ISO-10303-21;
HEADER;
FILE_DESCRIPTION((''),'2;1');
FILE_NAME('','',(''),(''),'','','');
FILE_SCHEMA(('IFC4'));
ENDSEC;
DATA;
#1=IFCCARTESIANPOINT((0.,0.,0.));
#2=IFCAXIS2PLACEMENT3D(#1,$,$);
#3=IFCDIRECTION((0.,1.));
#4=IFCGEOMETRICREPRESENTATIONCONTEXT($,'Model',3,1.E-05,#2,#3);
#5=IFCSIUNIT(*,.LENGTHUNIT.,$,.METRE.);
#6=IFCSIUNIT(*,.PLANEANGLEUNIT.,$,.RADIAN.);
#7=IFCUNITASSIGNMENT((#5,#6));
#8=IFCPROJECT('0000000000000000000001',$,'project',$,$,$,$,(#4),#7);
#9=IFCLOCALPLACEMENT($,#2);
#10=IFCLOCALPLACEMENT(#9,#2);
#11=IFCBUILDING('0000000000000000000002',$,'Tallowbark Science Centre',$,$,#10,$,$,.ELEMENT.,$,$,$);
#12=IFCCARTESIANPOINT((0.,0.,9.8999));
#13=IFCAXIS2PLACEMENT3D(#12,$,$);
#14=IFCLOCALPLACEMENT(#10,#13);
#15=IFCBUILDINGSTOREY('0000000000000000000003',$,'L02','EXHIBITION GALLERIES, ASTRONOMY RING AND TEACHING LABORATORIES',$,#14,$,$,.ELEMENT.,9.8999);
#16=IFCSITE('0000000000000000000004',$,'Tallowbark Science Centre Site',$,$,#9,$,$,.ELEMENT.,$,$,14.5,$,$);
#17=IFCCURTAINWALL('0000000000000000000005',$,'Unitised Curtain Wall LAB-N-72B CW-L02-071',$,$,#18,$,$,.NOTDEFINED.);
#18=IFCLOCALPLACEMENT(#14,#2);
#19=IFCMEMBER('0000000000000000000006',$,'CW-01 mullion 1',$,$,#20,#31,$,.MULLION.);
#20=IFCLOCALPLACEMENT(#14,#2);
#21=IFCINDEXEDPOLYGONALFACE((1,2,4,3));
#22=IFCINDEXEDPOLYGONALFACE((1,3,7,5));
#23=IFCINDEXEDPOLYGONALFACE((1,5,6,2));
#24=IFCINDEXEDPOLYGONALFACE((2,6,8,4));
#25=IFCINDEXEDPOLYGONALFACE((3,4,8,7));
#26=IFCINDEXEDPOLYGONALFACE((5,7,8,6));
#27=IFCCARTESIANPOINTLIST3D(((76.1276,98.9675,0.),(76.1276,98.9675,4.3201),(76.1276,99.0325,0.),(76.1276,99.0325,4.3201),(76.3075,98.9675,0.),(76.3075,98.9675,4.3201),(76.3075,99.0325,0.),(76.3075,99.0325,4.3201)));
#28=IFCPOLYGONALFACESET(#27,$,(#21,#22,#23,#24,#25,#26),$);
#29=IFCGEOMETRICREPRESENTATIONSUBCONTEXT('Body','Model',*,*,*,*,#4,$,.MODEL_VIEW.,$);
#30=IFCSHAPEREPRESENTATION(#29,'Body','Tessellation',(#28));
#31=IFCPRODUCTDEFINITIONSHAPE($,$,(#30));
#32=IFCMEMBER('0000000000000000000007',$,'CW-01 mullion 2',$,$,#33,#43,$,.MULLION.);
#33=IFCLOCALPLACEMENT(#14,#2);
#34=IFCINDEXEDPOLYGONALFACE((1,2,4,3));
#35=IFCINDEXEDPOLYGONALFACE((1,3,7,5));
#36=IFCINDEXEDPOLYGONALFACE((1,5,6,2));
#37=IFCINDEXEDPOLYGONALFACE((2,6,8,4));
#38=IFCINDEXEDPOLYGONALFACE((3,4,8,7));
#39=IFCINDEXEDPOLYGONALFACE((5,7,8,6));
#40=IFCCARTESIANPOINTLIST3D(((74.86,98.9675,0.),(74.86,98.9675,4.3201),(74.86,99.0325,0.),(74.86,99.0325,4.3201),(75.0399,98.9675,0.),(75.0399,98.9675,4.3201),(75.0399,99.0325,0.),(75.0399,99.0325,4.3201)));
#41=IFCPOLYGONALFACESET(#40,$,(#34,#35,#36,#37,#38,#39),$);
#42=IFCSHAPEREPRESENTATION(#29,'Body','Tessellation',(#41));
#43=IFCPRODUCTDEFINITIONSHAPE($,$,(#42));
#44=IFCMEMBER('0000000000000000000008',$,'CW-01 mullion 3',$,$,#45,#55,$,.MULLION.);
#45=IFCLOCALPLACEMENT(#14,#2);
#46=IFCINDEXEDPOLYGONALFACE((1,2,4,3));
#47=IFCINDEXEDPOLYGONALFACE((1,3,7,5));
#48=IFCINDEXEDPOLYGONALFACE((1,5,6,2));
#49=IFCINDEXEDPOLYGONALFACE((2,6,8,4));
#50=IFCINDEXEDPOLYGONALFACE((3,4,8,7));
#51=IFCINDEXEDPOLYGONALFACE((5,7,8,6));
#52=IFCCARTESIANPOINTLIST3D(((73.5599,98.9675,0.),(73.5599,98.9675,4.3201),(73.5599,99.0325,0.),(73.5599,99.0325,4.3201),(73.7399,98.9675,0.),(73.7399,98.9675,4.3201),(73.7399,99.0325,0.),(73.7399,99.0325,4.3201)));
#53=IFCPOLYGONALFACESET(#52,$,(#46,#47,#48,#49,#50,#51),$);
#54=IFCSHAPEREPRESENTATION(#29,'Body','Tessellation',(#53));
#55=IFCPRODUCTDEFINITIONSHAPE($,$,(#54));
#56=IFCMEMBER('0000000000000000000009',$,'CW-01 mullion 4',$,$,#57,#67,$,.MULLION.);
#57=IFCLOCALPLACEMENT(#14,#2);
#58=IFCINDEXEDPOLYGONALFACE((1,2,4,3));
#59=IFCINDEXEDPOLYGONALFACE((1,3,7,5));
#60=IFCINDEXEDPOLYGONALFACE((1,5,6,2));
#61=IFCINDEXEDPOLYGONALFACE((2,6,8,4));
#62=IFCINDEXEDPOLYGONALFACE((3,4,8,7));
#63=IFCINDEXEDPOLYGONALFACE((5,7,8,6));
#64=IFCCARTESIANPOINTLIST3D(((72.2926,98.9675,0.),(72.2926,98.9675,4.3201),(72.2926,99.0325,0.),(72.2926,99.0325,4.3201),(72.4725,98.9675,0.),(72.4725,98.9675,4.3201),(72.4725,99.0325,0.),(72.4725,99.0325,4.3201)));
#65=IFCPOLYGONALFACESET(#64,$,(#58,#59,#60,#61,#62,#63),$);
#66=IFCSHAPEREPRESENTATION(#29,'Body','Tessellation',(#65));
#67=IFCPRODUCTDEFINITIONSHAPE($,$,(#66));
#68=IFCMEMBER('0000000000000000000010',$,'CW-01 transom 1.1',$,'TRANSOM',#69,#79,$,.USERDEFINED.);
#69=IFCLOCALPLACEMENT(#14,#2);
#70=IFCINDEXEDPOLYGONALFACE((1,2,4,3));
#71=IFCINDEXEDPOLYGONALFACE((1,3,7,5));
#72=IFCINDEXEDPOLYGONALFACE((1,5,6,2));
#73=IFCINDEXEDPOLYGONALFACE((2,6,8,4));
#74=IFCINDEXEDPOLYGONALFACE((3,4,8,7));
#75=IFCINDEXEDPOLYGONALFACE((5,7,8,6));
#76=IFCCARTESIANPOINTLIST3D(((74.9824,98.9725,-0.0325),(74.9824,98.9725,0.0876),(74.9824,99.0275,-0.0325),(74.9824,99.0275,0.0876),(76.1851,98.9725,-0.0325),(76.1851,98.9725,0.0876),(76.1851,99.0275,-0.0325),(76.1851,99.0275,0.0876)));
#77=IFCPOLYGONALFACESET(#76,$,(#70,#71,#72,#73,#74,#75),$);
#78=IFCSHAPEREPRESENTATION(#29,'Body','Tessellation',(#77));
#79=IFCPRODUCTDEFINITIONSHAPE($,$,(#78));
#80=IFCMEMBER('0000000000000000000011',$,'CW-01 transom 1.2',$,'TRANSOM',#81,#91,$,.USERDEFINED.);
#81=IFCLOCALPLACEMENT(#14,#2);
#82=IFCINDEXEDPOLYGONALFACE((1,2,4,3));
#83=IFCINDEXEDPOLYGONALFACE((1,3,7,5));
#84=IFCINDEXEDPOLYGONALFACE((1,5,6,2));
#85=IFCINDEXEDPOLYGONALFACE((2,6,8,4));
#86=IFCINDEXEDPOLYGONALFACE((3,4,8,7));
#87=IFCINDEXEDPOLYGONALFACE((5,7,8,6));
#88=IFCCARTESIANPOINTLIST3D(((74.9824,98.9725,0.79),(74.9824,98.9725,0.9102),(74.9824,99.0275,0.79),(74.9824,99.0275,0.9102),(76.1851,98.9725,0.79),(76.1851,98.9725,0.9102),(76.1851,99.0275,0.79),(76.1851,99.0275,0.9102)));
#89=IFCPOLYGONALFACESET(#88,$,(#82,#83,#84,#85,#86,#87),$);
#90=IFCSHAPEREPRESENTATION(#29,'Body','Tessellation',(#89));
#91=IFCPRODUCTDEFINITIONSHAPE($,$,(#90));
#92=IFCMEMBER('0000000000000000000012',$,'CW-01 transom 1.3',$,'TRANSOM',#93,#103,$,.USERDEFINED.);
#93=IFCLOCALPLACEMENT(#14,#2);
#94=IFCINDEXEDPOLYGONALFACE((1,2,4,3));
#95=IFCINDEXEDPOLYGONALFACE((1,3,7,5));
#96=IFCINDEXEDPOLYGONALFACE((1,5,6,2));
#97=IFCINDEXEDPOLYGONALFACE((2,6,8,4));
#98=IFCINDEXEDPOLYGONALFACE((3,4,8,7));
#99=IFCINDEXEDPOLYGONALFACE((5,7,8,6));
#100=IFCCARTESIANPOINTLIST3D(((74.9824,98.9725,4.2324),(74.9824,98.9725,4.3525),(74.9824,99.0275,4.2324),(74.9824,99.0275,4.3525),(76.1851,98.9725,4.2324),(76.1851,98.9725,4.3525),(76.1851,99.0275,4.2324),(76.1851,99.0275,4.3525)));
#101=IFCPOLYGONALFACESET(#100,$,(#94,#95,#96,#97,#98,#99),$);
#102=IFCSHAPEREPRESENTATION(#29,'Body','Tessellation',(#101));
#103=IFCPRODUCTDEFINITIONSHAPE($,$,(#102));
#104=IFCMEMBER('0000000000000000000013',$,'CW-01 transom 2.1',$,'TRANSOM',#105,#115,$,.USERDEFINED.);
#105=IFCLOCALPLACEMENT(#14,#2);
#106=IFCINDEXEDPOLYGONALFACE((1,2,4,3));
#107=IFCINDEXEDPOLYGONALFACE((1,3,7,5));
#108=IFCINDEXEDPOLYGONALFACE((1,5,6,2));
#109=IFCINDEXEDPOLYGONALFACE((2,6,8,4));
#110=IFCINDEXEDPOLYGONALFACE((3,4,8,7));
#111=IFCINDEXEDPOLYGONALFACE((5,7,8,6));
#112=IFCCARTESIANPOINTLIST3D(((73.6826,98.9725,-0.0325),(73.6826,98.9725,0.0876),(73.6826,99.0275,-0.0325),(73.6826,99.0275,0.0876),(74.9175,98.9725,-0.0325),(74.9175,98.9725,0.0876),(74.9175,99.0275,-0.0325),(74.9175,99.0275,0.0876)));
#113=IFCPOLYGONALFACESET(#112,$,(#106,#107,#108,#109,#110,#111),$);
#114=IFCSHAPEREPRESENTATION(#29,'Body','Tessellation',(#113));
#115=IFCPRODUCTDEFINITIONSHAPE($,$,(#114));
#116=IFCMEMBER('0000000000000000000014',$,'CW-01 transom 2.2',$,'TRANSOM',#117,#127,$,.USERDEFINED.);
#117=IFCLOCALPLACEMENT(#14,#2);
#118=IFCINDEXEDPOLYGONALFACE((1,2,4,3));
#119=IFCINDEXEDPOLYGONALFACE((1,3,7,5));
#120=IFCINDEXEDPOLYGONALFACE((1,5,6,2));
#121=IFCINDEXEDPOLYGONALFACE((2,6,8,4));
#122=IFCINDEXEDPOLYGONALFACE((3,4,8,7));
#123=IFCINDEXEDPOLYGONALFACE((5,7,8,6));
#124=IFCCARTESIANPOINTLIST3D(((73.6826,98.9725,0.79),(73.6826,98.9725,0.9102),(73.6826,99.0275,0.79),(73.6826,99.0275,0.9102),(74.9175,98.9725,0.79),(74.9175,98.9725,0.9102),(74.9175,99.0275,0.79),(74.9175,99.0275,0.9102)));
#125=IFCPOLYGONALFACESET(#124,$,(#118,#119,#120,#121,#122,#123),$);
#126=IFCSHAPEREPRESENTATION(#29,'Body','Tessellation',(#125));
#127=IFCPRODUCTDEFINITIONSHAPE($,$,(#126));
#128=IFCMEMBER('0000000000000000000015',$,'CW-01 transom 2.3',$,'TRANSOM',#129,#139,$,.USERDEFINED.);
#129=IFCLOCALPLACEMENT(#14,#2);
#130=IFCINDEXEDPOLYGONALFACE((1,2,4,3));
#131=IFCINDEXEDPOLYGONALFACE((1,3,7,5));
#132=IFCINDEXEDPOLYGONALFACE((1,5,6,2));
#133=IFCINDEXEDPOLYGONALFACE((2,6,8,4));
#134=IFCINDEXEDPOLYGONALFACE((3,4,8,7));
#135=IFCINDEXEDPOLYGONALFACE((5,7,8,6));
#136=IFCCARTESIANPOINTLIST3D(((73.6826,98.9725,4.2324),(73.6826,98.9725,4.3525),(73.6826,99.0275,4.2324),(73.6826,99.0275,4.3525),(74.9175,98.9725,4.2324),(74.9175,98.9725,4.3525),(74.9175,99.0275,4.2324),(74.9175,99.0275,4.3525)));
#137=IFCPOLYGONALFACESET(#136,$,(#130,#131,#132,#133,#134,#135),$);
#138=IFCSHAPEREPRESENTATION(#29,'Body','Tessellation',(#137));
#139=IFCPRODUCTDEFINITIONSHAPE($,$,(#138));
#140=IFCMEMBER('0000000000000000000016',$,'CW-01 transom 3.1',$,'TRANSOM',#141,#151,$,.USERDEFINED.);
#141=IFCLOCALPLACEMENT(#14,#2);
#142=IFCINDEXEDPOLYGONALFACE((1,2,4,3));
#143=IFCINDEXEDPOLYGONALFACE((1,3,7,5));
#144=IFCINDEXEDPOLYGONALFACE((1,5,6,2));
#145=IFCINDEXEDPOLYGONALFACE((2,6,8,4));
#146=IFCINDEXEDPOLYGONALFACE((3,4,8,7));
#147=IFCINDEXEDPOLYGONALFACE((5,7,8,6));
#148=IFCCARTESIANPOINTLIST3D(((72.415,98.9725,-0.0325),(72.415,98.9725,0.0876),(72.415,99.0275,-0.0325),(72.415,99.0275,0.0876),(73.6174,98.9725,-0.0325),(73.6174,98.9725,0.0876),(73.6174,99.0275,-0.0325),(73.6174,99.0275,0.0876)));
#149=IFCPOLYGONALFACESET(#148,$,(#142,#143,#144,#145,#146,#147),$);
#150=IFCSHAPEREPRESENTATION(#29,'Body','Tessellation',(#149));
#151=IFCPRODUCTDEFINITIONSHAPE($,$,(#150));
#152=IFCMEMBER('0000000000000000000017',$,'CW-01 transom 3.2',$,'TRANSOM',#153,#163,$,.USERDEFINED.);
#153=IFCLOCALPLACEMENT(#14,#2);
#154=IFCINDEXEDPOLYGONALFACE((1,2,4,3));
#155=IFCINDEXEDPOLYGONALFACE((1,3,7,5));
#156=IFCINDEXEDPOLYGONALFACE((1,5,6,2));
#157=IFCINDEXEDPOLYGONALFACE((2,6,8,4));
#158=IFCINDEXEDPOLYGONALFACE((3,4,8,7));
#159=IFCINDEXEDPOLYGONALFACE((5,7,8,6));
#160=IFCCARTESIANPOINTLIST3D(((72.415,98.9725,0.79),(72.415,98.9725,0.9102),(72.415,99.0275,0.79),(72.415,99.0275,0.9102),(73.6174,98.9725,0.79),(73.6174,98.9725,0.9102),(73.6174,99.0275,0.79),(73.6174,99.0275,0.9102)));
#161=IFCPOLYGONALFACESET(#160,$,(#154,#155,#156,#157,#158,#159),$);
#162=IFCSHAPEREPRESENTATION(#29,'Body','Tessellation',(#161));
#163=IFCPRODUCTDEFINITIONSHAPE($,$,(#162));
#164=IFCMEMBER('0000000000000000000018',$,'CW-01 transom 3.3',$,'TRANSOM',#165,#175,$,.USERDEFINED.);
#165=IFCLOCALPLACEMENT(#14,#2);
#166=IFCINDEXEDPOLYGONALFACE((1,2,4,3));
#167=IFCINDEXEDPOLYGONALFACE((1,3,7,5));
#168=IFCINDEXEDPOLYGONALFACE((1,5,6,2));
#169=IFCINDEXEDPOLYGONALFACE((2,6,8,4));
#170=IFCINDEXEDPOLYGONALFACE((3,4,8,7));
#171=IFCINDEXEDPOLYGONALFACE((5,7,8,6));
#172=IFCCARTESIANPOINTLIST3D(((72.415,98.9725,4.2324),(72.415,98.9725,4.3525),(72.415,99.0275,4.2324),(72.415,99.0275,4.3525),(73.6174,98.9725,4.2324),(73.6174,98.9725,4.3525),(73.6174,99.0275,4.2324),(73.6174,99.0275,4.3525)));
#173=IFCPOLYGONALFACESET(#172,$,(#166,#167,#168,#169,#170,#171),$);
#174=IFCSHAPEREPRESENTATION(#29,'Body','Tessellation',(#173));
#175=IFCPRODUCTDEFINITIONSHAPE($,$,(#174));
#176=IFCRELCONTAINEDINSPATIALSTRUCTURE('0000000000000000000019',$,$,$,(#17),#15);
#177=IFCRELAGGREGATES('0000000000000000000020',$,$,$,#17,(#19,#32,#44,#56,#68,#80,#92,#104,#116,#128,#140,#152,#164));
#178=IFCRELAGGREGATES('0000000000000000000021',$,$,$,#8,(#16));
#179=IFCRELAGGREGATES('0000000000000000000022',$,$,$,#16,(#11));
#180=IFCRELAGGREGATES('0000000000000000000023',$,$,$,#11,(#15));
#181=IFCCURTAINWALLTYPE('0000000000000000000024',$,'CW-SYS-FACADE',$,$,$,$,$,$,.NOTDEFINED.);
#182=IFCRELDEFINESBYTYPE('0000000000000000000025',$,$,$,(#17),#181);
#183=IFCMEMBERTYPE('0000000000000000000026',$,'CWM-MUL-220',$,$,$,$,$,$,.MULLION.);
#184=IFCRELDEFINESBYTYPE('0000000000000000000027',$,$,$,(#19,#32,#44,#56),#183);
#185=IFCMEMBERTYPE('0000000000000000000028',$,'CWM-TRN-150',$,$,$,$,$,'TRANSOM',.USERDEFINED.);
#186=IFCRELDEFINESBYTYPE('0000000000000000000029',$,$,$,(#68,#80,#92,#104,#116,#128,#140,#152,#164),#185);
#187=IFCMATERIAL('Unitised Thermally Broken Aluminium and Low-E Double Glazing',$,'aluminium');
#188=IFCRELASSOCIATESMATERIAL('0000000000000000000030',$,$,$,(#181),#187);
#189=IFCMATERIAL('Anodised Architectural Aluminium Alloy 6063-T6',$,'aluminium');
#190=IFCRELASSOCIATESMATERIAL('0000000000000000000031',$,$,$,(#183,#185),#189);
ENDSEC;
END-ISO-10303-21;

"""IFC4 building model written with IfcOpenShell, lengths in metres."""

from ifc_helpers import new_model, si_unit, direction, frame, origin, origin_2d, place, context, subcontext, project, spatial, rectangle, extrude, material, material_profile, profile_set, type_object, element, aggregate, save


model = new_model("IFC4")

# Units and contexts
model_context = context("Model", 3, precision=1e-05, world=origin(), true_north=direction((0.0, 1.0)))
body_context = subcontext(model_context, "Body", "Model", "MODEL_VIEW")
ifc_project = project(units=[si_unit("LENGTHUNIT", "METRE"), si_unit("PLANEANGLEUNIT", "RADIAN")], contexts=[model_context])

# Site, building, storey
site_placement = place(None, origin())
site = spatial("IfcSite", under=ifc_project, at=site_placement, Name="Tallowbark Science Centre Site", CompositionType="ELEMENT", RefElevation=14.5)
building_placement = place(site_placement, origin())
building = spatial("IfcBuilding", under=site, at=building_placement, Name="Tallowbark Science Centre", CompositionType="ELEMENT")
storey_placement = place(building_placement, frame((0.0, 0.0, 9.8999)))
storey = spatial("IfcBuildingStorey", under=building, at=storey_placement, Name="L02", Description="EXHIBITION GALLERIES, ASTRONOMY RING AND TEACHING LABORATORIES", CompositionType="ELEMENT", Elevation=9.8999)

# Curtain wall, members
ifc_material_1 = material(Name="Unitised Thermally Broken Aluminium and Low-E Double Glazing", Category="aluminium")
curtain_wall_type = type_object("IfcCurtainWallType", Name="CW-SYS-FACADE", PredefinedType="NOTDEFINED", material=ifc_material_1)
curtain_wall_placement = place(storey_placement, origin())
curtain_wall = element("IfcCurtainWall", 1, at=curtain_wall_placement, inside=storey, type_object=curtain_wall_type, Name="Unitised Curtain Wall LAB-N-72B CW-L02-071", PredefinedType="NOTDEFINED")
ifc_material_2 = material(Name="Anodised Architectural Aluminium Alloy 6063-T6", Category="aluminium")
ifc_material_profile_1 = material_profile(ifc_material_2, rectangle(XDim=0.0649, YDim=0.1799, at=origin_2d()), Name="ALU65x180")
ifc_profile_set_1 = profile_set([ifc_material_profile_1], Name="Anodised Architectural Aluminium Alloy 6063-T6")
member_type_1 = type_object("IfcMemberType", Name="CWM-MUL-220", PredefinedType="MULLION", material=ifc_profile_set_1)
member_1_placement = place(storey_placement, frame((76.2175, 99.0, 0.0), z_axis=(0.0, 0.0, 1.0), x_axis=(0.0, -1.0, 0.0)))
member_1 = element("IfcMember", 2, at=member_1_placement, type_object=member_type_1, Name="CW-01 mullion 1", PredefinedType="MULLION", context=body_context, shape_type="SweptSolid", body=[
    extrude(rectangle(XDim=0.0649, YDim=0.1799, at=origin_2d()), origin(), (0.0, 0.0, 1.0), 4.3201),
])
member_2_placement = place(storey_placement, frame((74.95, 99.0, 0.0), z_axis=(0.0, 0.0, 1.0), x_axis=(0.0, -1.0, 0.0)))
member_2 = element("IfcMember", 3, at=member_2_placement, type_object=member_type_1, Name="CW-01 mullion 2", PredefinedType="MULLION", context=body_context, shape_type="SweptSolid", body=[
    extrude(rectangle(XDim=0.0649, YDim=0.1799, at=origin_2d()), origin(), (0.0, 0.0, 1.0), 4.3201),
])
member_3_placement = place(storey_placement, frame((73.6499, 99.0, 0.0), z_axis=(0.0, 0.0, 1.0), x_axis=(0.0, -1.0, 0.0)))
member_3 = element("IfcMember", 4, at=member_3_placement, type_object=member_type_1, Name="CW-01 mullion 3", PredefinedType="MULLION", context=body_context, shape_type="SweptSolid", body=[
    extrude(rectangle(XDim=0.0649, YDim=0.1799, at=origin_2d()), origin(), (0.0, 0.0, 1.0), 4.3201),
])
member_4_placement = place(storey_placement, frame((72.3826, 99.0, 0.0), z_axis=(0.0, 0.0, 1.0), x_axis=(0.0, -1.0, 0.0)))
member_4 = element("IfcMember", 5, at=member_4_placement, type_object=member_type_1, Name="CW-01 mullion 4", PredefinedType="MULLION", context=body_context, shape_type="SweptSolid", body=[
    extrude(rectangle(XDim=0.0649, YDim=0.1799, at=origin_2d()), origin(), (0.0, 0.0, 1.0), 4.3201),
])
ifc_material_profile_2 = material_profile(ifc_material_2, rectangle(XDim=0.0549, YDim=0.1201, at=origin_2d()), Name="ALU55x120")
ifc_profile_set_2 = profile_set([ifc_material_profile_2], Name="Anodised Architectural Aluminium Alloy 6063-T6")
member_type_2 = type_object("IfcMemberType", Name="CWM-TRN-150", ElementType="TRANSOM", PredefinedType="USERDEFINED", material=ifc_profile_set_2)
member_5_placement = place(storey_placement, frame((76.1851, 99.0, 0.0276), z_axis=(-1.0, 0.0, 0.0), x_axis=(0.0, -1.0, 0.0)))
member_5 = element("IfcMember", 6, at=member_5_placement, type_object=member_type_2, Name="CW-01 transom 1.1", ObjectType="TRANSOM", PredefinedType="USERDEFINED", context=body_context, shape_type="SweptSolid", body=[
    extrude(rectangle(XDim=0.0549, YDim=0.1201, at=origin_2d()), origin(), (0.0, 0.0, 1.0), 1.2026),
])
member_6_placement = place(storey_placement, frame((76.1851, 99.0, 0.8501), z_axis=(-1.0, 0.0, 0.0), x_axis=(0.0, -1.0, 0.0)))
member_6 = element("IfcMember", 7, at=member_6_placement, type_object=member_type_2, Name="CW-01 transom 1.2", ObjectType="TRANSOM", PredefinedType="USERDEFINED", context=body_context, shape_type="SweptSolid", body=[
    extrude(rectangle(XDim=0.0549, YDim=0.1201, at=origin_2d()), origin(), (0.0, 0.0, 1.0), 1.2026),
])
member_7_placement = place(storey_placement, frame((76.1851, 99.0, 4.2925), z_axis=(-1.0, 0.0, 0.0), x_axis=(0.0, -1.0, 0.0)))
member_7 = element("IfcMember", 8, at=member_7_placement, type_object=member_type_2, Name="CW-01 transom 1.3", ObjectType="TRANSOM", PredefinedType="USERDEFINED", context=body_context, shape_type="SweptSolid", body=[
    extrude(rectangle(XDim=0.0549, YDim=0.1201, at=origin_2d()), origin(), (0.0, 0.0, 1.0), 1.2026),
])
member_8_placement = place(storey_placement, frame((74.9175, 99.0, 0.0276), z_axis=(-1.0, 0.0, 0.0), x_axis=(0.0, -1.0, 0.0)))
member_8 = element("IfcMember", 9, at=member_8_placement, type_object=member_type_2, Name="CW-01 transom 2.1", ObjectType="TRANSOM", PredefinedType="USERDEFINED", context=body_context, shape_type="SweptSolid", body=[
    extrude(rectangle(XDim=0.0549, YDim=0.1201, at=origin_2d()), origin(), (0.0, 0.0, 1.0), 1.2349),
])
member_9_placement = place(storey_placement, frame((74.9175, 99.0, 0.8501), z_axis=(-1.0, 0.0, 0.0), x_axis=(0.0, -1.0, 0.0)))
member_9 = element("IfcMember", 10, at=member_9_placement, type_object=member_type_2, Name="CW-01 transom 2.2", ObjectType="TRANSOM", PredefinedType="USERDEFINED", context=body_context, shape_type="SweptSolid", body=[
    extrude(rectangle(XDim=0.0549, YDim=0.1201, at=origin_2d()), origin(), (0.0, 0.0, 1.0), 1.2349),
])
member_10_placement = place(storey_placement, frame((74.9175, 99.0, 4.2925), z_axis=(-1.0, 0.0, 0.0), x_axis=(0.0, -1.0, 0.0)))
member_10 = element("IfcMember", 11, at=member_10_placement, type_object=member_type_2, Name="CW-01 transom 2.3", ObjectType="TRANSOM", PredefinedType="USERDEFINED", context=body_context, shape_type="SweptSolid", body=[
    extrude(rectangle(XDim=0.0549, YDim=0.1201, at=origin_2d()), origin(), (0.0, 0.0, 1.0), 1.2349),
])
member_11_placement = place(storey_placement, frame((73.6174, 99.0, 0.0276), z_axis=(-1.0, 0.0, 0.0), x_axis=(0.0, -1.0, 0.0)))
member_11 = element("IfcMember", 12, at=member_11_placement, type_object=member_type_2, Name="CW-01 transom 3.1", ObjectType="TRANSOM", PredefinedType="USERDEFINED", context=body_context, shape_type="SweptSolid", body=[
    extrude(rectangle(XDim=0.0549, YDim=0.1201, at=origin_2d()), origin(), (0.0, 0.0, 1.0), 1.2024),
])
member_12_placement = place(storey_placement, frame((73.6174, 99.0, 0.8501), z_axis=(-1.0, 0.0, 0.0), x_axis=(0.0, -1.0, 0.0)))
member_12 = element("IfcMember", 13, at=member_12_placement, type_object=member_type_2, Name="CW-01 transom 3.2", ObjectType="TRANSOM", PredefinedType="USERDEFINED", context=body_context, shape_type="SweptSolid", body=[
    extrude(rectangle(XDim=0.0549, YDim=0.1201, at=origin_2d()), origin(), (0.0, 0.0, 1.0), 1.2024),
])
member_13_placement = place(storey_placement, frame((73.6174, 99.0, 4.2925), z_axis=(-1.0, 0.0, 0.0), x_axis=(0.0, -1.0, 0.0)))
member_13 = element("IfcMember", 14, at=member_13_placement, type_object=member_type_2, Name="CW-01 transom 3.3", ObjectType="TRANSOM", PredefinedType="USERDEFINED", context=body_context, shape_type="SweptSolid", body=[
    extrude(rectangle(XDim=0.0549, YDim=0.1201, at=origin_2d()), origin(), (0.0, 0.0, 1.0), 1.2024),
])

aggregate(curtain_wall, [member_1, member_2, member_3, member_4, member_5, member_6, member_7, member_8, member_9, member_10, member_11, member_12, member_13])

save(model, "model.ifc")
